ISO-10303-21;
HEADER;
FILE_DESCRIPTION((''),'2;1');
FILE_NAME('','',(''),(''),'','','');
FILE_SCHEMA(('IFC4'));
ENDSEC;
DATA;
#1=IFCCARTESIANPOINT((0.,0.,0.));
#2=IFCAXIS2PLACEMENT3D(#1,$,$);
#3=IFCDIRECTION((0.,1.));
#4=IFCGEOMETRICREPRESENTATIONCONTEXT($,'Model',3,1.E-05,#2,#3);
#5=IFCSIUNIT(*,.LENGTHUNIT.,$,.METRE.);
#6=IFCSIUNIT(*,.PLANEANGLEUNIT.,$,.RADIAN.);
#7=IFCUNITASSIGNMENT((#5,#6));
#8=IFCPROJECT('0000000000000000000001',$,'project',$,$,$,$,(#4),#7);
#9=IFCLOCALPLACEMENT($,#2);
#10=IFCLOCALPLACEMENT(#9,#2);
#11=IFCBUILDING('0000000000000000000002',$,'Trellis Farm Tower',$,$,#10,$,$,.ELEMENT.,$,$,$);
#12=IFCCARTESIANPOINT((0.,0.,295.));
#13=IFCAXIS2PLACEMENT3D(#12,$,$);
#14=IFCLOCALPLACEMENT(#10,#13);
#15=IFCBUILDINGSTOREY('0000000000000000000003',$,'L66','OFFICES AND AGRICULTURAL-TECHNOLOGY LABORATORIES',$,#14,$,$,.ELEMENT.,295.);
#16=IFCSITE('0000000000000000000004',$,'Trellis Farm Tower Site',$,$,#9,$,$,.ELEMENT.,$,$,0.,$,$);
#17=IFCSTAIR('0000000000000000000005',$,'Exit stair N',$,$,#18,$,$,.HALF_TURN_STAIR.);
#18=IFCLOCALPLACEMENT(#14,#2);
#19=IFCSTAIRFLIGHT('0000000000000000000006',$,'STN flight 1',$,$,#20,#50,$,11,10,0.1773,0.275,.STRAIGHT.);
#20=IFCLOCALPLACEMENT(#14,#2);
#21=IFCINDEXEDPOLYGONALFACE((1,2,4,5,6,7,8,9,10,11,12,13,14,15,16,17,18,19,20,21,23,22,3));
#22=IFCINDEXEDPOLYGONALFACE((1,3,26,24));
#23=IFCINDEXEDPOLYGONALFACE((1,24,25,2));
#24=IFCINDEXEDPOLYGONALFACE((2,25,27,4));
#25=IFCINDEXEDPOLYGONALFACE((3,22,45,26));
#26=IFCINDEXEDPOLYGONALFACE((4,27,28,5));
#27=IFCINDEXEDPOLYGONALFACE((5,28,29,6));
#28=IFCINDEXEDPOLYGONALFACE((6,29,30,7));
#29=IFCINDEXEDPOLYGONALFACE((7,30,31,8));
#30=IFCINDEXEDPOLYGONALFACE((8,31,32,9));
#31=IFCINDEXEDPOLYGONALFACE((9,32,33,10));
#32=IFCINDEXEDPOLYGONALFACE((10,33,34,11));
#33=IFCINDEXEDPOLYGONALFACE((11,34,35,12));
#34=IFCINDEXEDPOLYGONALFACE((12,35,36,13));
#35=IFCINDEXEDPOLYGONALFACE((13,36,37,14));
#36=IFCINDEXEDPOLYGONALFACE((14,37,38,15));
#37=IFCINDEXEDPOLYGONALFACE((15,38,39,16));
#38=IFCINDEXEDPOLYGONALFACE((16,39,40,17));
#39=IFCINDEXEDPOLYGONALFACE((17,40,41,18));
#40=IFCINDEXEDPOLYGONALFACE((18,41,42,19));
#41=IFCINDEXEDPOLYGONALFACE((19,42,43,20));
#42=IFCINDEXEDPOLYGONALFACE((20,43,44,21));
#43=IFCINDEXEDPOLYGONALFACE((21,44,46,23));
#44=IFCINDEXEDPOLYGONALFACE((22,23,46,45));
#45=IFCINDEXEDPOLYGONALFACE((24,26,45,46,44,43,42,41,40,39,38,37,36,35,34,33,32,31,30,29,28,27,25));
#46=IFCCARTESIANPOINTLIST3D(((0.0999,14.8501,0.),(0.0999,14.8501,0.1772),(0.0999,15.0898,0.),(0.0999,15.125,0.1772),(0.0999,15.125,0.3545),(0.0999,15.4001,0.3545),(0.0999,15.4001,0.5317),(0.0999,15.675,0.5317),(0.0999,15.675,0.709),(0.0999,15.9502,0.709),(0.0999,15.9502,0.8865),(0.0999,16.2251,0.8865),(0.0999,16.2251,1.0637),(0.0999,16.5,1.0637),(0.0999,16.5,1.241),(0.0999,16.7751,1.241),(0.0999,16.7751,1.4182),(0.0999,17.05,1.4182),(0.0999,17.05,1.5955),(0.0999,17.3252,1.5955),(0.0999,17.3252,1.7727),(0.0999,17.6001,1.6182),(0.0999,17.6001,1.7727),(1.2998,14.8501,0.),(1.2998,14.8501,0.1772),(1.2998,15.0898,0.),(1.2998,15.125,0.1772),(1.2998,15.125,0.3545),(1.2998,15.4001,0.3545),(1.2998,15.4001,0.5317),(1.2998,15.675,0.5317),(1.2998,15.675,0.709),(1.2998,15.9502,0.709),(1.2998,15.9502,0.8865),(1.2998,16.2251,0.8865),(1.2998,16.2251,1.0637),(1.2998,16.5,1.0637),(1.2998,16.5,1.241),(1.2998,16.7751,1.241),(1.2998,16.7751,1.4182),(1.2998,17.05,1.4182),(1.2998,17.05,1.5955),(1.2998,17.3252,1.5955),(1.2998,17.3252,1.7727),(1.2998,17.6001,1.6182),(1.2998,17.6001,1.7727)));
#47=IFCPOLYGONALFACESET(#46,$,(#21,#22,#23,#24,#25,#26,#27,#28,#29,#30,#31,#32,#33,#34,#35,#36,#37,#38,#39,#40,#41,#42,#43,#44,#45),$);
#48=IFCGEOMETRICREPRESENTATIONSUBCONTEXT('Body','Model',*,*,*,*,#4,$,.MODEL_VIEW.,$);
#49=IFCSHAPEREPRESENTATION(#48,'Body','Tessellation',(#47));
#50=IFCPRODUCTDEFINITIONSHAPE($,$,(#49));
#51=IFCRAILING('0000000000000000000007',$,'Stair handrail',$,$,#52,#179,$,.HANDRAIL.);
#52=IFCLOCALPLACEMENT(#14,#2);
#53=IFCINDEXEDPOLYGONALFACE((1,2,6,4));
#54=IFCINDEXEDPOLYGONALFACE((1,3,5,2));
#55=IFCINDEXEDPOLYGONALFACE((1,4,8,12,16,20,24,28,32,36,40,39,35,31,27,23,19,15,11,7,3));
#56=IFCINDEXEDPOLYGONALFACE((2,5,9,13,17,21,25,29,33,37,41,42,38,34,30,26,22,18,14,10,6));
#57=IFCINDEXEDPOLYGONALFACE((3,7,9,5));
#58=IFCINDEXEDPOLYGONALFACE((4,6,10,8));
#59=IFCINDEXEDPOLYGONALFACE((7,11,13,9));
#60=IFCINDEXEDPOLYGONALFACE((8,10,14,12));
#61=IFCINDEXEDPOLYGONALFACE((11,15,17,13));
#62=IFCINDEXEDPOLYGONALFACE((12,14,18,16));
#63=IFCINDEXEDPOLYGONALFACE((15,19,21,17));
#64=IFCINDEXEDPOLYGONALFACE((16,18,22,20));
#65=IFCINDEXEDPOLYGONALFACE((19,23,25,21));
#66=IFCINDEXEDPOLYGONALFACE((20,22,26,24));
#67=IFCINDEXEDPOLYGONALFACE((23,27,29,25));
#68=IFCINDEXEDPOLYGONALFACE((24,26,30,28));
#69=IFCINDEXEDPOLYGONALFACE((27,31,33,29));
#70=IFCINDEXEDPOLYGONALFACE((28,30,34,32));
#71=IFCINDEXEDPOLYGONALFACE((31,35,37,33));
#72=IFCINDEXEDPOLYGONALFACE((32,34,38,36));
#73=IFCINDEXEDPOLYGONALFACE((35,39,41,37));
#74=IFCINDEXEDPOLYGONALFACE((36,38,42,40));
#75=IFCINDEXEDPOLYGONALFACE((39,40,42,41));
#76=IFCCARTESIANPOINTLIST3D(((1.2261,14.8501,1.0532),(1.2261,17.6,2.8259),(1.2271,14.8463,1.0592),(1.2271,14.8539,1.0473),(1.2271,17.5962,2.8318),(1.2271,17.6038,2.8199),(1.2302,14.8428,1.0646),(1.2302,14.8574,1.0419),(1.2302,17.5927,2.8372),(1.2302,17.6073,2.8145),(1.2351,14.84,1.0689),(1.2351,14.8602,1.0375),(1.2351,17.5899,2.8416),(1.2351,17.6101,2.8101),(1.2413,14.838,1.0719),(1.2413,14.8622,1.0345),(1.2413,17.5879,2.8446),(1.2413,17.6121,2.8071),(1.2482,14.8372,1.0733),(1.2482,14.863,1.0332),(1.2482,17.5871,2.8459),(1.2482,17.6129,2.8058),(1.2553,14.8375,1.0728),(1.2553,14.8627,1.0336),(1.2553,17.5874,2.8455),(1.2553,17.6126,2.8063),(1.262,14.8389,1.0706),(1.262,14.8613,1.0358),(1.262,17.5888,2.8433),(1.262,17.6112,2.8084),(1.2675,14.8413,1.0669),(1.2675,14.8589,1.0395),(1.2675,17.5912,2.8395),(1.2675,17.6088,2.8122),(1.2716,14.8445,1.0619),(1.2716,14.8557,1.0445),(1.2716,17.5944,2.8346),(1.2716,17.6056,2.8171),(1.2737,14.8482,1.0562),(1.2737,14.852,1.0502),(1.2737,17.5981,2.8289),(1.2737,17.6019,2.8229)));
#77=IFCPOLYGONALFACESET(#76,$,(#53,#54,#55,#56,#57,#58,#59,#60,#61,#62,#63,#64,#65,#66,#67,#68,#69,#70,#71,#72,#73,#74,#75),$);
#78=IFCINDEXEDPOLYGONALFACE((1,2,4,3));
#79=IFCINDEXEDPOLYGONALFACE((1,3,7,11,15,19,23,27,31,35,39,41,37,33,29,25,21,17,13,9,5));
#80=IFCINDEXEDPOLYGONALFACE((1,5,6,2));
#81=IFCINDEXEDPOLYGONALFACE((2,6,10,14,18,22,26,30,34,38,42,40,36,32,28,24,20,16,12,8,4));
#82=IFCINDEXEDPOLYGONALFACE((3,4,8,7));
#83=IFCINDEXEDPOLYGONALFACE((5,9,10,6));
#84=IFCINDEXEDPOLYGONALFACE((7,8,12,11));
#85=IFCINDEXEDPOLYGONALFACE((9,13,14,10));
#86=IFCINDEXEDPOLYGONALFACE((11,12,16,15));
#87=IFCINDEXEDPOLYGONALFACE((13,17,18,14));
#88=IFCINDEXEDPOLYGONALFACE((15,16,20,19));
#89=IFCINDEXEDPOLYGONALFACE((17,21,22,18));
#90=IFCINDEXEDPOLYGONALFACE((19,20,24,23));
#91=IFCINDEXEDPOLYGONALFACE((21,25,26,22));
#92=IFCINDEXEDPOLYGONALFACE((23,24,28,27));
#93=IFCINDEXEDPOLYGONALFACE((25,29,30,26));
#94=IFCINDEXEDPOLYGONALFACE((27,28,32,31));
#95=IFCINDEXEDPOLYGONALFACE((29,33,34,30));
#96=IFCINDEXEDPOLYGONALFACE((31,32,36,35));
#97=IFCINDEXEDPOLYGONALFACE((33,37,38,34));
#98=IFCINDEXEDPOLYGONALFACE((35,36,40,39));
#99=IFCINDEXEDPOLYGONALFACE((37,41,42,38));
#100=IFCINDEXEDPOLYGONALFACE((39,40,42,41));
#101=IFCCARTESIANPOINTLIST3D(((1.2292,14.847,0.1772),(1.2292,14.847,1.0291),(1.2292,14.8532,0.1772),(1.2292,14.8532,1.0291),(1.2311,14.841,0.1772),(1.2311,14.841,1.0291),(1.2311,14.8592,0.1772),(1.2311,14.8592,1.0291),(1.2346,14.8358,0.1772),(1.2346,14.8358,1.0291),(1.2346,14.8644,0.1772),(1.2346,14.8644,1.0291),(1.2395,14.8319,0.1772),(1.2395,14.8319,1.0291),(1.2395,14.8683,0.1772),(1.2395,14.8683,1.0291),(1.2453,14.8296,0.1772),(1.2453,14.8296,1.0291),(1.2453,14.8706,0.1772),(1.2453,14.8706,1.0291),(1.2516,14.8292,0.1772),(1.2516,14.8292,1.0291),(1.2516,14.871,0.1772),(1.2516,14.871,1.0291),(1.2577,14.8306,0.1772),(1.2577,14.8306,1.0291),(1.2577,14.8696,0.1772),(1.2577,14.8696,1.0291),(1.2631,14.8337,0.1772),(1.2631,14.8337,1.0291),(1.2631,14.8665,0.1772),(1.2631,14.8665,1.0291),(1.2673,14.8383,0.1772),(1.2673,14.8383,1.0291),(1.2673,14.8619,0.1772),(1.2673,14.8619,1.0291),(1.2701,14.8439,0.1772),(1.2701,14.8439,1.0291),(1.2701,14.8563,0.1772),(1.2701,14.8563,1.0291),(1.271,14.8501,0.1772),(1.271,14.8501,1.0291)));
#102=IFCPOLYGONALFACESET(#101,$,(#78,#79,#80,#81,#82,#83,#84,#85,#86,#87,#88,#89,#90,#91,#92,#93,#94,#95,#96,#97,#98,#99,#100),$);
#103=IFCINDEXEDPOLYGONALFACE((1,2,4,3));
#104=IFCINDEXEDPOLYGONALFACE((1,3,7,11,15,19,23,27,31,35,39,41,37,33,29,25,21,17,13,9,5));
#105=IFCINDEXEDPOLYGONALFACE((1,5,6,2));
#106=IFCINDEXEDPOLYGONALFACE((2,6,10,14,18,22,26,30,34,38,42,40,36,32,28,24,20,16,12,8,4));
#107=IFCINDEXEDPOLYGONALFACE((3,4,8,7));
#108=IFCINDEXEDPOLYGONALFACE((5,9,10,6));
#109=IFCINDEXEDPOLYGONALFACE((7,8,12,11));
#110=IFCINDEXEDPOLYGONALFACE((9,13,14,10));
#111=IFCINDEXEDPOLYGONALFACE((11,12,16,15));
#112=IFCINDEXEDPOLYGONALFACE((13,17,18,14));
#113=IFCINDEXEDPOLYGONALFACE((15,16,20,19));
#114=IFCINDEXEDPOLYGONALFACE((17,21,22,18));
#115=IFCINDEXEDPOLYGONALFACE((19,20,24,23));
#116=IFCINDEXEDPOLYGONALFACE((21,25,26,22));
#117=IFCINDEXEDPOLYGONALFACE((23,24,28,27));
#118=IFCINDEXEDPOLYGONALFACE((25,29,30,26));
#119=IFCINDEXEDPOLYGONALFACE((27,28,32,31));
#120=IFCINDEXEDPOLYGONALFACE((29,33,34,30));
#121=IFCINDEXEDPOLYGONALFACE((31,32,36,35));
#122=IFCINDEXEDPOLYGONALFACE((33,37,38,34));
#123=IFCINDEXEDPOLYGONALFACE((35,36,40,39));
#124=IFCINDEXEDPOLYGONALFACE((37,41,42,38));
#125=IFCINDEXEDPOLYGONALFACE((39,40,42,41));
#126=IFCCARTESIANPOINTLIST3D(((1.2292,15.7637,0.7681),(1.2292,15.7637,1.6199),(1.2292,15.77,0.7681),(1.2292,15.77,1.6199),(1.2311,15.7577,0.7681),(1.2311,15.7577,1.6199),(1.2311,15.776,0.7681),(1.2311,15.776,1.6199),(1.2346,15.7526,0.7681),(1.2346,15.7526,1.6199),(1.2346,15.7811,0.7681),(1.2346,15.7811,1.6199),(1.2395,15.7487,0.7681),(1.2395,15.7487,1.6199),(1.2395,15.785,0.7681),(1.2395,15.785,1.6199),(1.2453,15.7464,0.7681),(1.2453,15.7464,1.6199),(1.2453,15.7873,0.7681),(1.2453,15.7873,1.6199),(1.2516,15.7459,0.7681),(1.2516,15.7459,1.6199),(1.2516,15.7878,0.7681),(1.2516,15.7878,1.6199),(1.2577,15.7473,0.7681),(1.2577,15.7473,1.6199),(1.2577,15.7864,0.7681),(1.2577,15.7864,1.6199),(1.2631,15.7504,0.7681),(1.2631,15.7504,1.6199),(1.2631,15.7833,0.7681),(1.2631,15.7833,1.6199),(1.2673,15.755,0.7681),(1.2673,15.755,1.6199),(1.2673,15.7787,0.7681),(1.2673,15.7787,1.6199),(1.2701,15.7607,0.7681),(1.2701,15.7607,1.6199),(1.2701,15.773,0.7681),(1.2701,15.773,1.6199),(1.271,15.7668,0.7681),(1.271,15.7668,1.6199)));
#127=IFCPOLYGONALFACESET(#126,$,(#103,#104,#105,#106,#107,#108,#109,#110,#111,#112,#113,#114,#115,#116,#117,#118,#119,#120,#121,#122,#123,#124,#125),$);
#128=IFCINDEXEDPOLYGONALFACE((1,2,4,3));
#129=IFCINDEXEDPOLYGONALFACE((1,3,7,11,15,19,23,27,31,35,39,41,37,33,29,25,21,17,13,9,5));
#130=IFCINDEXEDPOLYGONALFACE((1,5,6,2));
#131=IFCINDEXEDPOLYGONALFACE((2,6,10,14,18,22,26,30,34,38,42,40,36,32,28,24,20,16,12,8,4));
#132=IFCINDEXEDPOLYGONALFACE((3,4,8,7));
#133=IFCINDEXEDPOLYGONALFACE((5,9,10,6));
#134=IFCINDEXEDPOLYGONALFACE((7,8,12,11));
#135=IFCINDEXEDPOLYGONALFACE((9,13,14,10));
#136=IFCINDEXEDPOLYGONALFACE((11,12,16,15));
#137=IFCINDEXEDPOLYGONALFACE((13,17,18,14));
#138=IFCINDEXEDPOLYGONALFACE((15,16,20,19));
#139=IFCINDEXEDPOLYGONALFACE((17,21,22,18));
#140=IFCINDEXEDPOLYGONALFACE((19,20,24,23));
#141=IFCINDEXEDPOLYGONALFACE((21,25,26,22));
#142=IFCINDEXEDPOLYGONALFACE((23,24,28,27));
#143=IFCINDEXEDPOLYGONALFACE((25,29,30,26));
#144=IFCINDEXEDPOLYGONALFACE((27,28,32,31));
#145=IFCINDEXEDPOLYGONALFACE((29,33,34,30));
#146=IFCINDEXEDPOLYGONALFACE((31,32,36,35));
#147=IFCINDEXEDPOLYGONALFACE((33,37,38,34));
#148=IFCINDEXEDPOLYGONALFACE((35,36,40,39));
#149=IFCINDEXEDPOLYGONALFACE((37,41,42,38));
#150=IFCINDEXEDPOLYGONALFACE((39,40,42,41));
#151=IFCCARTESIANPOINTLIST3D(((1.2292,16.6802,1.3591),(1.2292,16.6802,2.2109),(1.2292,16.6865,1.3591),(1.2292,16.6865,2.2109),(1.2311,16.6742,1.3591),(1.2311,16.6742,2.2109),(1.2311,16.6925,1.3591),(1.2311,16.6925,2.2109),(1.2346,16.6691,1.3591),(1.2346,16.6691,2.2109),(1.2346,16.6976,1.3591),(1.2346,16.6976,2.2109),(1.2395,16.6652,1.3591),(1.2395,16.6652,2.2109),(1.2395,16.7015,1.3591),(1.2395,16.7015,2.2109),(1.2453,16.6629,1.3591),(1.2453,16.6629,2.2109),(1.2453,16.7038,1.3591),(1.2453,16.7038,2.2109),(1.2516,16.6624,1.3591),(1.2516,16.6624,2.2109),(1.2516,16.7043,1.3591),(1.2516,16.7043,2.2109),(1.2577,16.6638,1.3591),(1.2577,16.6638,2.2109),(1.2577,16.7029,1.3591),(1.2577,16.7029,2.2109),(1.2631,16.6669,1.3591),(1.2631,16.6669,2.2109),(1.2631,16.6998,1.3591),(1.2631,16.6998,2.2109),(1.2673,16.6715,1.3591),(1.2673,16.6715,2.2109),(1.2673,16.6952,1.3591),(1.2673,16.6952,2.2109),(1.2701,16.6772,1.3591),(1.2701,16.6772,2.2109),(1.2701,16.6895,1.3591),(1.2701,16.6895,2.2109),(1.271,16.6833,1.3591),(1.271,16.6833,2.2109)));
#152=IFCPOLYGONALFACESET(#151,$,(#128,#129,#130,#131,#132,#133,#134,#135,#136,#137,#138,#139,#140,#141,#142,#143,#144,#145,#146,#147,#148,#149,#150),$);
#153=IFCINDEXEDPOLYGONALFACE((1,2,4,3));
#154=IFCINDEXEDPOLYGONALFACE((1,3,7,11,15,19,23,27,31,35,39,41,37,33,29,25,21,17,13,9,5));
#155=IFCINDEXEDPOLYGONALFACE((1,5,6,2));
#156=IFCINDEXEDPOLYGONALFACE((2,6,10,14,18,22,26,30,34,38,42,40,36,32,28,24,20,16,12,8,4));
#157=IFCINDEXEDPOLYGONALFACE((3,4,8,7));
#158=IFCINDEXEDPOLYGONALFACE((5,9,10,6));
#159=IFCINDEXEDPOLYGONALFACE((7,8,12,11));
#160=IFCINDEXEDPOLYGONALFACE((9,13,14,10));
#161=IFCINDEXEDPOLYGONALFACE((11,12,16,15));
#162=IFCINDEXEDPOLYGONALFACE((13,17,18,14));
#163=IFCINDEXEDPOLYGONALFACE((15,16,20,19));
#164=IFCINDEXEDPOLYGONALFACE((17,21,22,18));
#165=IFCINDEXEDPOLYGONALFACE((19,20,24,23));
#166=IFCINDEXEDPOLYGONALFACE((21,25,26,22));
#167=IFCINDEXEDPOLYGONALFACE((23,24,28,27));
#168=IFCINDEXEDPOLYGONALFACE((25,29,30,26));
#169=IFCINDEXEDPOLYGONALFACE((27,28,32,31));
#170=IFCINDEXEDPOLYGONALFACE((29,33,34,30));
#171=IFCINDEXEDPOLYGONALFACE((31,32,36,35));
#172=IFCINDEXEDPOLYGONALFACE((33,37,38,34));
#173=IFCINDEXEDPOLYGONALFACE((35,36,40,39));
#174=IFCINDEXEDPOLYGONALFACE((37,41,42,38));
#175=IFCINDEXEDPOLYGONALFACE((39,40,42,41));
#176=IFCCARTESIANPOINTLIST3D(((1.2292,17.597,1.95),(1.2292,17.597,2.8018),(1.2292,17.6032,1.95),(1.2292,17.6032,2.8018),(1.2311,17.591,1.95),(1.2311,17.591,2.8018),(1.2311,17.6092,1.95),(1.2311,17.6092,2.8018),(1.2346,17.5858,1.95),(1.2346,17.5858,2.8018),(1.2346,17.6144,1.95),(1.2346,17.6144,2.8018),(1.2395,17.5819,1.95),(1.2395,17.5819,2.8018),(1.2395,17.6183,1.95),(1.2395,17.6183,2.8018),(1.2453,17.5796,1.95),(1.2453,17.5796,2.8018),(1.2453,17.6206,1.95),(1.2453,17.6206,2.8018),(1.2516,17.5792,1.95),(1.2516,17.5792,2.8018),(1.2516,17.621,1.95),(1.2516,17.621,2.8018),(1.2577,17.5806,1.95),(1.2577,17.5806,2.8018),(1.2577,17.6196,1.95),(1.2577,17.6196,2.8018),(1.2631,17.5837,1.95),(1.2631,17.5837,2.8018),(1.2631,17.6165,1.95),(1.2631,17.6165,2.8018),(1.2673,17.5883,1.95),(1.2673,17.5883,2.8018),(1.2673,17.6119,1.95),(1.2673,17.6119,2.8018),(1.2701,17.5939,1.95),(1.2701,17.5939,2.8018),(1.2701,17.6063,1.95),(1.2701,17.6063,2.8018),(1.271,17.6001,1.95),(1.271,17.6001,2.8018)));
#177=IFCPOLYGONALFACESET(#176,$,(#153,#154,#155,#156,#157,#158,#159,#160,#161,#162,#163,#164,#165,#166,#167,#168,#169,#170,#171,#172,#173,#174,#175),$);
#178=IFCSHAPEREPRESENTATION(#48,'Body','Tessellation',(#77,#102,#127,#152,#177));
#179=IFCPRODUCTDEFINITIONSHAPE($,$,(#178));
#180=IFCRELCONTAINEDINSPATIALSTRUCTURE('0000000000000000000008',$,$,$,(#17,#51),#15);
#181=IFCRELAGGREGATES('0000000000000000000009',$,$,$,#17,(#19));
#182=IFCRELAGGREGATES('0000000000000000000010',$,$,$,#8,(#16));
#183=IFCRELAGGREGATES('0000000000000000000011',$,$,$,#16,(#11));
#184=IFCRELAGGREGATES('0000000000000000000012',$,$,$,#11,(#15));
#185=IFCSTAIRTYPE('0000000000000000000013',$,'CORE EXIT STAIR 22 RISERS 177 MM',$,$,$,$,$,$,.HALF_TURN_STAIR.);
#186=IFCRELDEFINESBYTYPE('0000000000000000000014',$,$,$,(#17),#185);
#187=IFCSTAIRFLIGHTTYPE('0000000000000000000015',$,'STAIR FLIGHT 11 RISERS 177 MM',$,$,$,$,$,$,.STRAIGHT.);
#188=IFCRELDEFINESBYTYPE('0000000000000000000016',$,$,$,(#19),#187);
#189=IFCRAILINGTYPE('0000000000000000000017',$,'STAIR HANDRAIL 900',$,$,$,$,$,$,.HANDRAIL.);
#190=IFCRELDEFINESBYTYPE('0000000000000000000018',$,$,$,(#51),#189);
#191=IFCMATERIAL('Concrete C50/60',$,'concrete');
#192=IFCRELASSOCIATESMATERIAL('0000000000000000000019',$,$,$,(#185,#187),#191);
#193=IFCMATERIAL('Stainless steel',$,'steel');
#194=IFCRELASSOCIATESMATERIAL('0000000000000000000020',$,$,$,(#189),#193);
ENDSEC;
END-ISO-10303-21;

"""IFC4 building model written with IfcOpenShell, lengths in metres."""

from ifc_helpers import new_model, si_unit, direction, frame, origin, origin_2d, place, context, subcontext, project, spatial, polyline, circle, outline, extrude, source, transform, mapped, material, type_object, element, aggregate, save


model = new_model("IFC4")

# Units and contexts
model_context = context("Model", 3, precision=1e-05, world=origin(), true_north=direction((0.0, 1.0)))
body_context = subcontext(model_context, "Body", "Model", "MODEL_VIEW")
ifc_project = project(units=[si_unit("LENGTHUNIT", "METRE"), si_unit("PLANEANGLEUNIT", "RADIAN")], contexts=[model_context])

# Site, building, storey
site_placement = place(None, origin())
site = spatial("IfcSite", under=ifc_project, at=site_placement, Name="Trellis Farm Tower Site", CompositionType="ELEMENT", RefElevation=0.0)
building_placement = place(site_placement, origin())
building = spatial("IfcBuilding", under=site, at=building_placement, Name="Trellis Farm Tower", CompositionType="ELEMENT")
storey_placement = place(building_placement, frame((0.0, 0.0, 295.0)))
storey = spatial("IfcBuildingStorey", under=building, at=storey_placement, Name="L66", Description="OFFICES AND AGRICULTURAL-TECHNOLOGY LABORATORIES", CompositionType="ELEMENT", Elevation=295.0)

# Shared definitions
placement_1 = place(storey_placement, origin())

# Shared definitions
ifc_material_1 = material(Name="Concrete C50/60", Category="concrete")

# Stair, stair flight
stair_type = type_object("IfcStairType", Name="CORE EXIT STAIR 22 RISERS 177 MM", PredefinedType="HALF_TURN_STAIR", material=ifc_material_1)
stair = element("IfcStair", 1, at=placement_1, inside=storey, type_object=stair_type, Name="Exit stair N", PredefinedType="HALF_TURN_STAIR")
stair_flight_type = type_object("IfcStairFlightType", Name="STAIR FLIGHT 11 RISERS 177 MM", PredefinedType="STRAIGHT", material=ifc_material_1)
shared_shape_1 = source(origin(), body_context, "Body", "SweptSolid", [
    extrude(outline(polyline([(0.0, 0.0), (0.0, 0.1772), (0.2749, 0.1772), (0.2749, 0.3545), (0.55, 0.3545), (0.55, 0.5317), (0.825, 0.5317), (0.825, 0.709), (1.1001, 0.709), (1.1001, 0.8865), (1.375, 0.8865), (1.375, 1.0637), (1.6499, 1.0637), (1.6499, 1.241), (1.925, 1.241), (1.925, 1.4182), (2.2, 1.4182), (2.2, 1.5955), (2.4751, 1.5955), (2.4751, 1.7727), (2.75, 1.7727), (2.75, 1.95), (2.75, 1.6182), (0.2397, 0.0), (0.0, 0.0)])), frame((0.0, 0.6001, 0.0), z_axis=(0.0, -1.0, 0.0), x_axis=(1.0, 0.0, 0.0)), (0.0, 0.0, 1.0), 1.2),
])
stair_flight_placement = place(storey_placement, frame((0.7, 14.8501, 0.0), z_axis=(0.0, 0.0, 1.0), x_axis=(0.0, 1.0, 0.0)))
stair_flight = element("IfcStairFlight", 2, at=stair_flight_placement, type_object=stair_flight_type, Name="STN flight 1", NumberOfRisers=11, NumberOfTreads=10, PredefinedType="STRAIGHT", RiserHeight=0.1773, TreadLength=0.275, context=body_context, shape_type="MappedRepresentation", body=[
    mapped(shared_shape_1, transform((0.0, 0.0, 0.0))),
])
aggregate(stair, [stair_flight])

# Railing
ifc_material_2 = material(Name="Stainless steel", Category="steel")
railing_type = type_object("IfcRailingType", Name="STAIR HANDRAIL 900", PredefinedType="HANDRAIL", material=ifc_material_2)
shared_shape_2 = source(origin(), body_context, "Body", "SweptSolid", [
    extrude(circle(Radius=0.0239, at=origin_2d()), frame((0.0, 0.0, 0.876), z_axis=(0.0, 0.840504, 0.541806), x_axis=(-1.0, 0.0, 0.0)), (0.0, 0.0, 1.0), 3.2717),
    extrude(circle(Radius=0.021, at=origin_2d()), origin(), (0.0, 0.0, 1.0), 0.8518),
    extrude(circle(Radius=0.021, at=origin_2d()), frame((0.0, 0.9167, 0.5908)), (0.0, 0.0, 1.0), 0.8518),
    extrude(circle(Radius=0.021, at=origin_2d()), frame((0.0, 1.8333, 1.1819)), (0.0, 0.0, 1.0), 0.8518),
    extrude(circle(Radius=0.021, at=origin_2d()), frame((0.0, 2.75, 1.7727)), (0.0, 0.0, 1.0), 0.8518),
])
railing_placement = place(storey_placement, frame((1.25, 14.8501, 0.1772)))
element("IfcRailing", 3, at=railing_placement, inside=storey, type_object=railing_type, Name="Stair handrail", PredefinedType="HANDRAIL", context=body_context, shape_type="MappedRepresentation", body=[
    mapped(shared_shape_2, transform((0.0, 0.0, 0.0))),
])

save(model, "model.ifc")
